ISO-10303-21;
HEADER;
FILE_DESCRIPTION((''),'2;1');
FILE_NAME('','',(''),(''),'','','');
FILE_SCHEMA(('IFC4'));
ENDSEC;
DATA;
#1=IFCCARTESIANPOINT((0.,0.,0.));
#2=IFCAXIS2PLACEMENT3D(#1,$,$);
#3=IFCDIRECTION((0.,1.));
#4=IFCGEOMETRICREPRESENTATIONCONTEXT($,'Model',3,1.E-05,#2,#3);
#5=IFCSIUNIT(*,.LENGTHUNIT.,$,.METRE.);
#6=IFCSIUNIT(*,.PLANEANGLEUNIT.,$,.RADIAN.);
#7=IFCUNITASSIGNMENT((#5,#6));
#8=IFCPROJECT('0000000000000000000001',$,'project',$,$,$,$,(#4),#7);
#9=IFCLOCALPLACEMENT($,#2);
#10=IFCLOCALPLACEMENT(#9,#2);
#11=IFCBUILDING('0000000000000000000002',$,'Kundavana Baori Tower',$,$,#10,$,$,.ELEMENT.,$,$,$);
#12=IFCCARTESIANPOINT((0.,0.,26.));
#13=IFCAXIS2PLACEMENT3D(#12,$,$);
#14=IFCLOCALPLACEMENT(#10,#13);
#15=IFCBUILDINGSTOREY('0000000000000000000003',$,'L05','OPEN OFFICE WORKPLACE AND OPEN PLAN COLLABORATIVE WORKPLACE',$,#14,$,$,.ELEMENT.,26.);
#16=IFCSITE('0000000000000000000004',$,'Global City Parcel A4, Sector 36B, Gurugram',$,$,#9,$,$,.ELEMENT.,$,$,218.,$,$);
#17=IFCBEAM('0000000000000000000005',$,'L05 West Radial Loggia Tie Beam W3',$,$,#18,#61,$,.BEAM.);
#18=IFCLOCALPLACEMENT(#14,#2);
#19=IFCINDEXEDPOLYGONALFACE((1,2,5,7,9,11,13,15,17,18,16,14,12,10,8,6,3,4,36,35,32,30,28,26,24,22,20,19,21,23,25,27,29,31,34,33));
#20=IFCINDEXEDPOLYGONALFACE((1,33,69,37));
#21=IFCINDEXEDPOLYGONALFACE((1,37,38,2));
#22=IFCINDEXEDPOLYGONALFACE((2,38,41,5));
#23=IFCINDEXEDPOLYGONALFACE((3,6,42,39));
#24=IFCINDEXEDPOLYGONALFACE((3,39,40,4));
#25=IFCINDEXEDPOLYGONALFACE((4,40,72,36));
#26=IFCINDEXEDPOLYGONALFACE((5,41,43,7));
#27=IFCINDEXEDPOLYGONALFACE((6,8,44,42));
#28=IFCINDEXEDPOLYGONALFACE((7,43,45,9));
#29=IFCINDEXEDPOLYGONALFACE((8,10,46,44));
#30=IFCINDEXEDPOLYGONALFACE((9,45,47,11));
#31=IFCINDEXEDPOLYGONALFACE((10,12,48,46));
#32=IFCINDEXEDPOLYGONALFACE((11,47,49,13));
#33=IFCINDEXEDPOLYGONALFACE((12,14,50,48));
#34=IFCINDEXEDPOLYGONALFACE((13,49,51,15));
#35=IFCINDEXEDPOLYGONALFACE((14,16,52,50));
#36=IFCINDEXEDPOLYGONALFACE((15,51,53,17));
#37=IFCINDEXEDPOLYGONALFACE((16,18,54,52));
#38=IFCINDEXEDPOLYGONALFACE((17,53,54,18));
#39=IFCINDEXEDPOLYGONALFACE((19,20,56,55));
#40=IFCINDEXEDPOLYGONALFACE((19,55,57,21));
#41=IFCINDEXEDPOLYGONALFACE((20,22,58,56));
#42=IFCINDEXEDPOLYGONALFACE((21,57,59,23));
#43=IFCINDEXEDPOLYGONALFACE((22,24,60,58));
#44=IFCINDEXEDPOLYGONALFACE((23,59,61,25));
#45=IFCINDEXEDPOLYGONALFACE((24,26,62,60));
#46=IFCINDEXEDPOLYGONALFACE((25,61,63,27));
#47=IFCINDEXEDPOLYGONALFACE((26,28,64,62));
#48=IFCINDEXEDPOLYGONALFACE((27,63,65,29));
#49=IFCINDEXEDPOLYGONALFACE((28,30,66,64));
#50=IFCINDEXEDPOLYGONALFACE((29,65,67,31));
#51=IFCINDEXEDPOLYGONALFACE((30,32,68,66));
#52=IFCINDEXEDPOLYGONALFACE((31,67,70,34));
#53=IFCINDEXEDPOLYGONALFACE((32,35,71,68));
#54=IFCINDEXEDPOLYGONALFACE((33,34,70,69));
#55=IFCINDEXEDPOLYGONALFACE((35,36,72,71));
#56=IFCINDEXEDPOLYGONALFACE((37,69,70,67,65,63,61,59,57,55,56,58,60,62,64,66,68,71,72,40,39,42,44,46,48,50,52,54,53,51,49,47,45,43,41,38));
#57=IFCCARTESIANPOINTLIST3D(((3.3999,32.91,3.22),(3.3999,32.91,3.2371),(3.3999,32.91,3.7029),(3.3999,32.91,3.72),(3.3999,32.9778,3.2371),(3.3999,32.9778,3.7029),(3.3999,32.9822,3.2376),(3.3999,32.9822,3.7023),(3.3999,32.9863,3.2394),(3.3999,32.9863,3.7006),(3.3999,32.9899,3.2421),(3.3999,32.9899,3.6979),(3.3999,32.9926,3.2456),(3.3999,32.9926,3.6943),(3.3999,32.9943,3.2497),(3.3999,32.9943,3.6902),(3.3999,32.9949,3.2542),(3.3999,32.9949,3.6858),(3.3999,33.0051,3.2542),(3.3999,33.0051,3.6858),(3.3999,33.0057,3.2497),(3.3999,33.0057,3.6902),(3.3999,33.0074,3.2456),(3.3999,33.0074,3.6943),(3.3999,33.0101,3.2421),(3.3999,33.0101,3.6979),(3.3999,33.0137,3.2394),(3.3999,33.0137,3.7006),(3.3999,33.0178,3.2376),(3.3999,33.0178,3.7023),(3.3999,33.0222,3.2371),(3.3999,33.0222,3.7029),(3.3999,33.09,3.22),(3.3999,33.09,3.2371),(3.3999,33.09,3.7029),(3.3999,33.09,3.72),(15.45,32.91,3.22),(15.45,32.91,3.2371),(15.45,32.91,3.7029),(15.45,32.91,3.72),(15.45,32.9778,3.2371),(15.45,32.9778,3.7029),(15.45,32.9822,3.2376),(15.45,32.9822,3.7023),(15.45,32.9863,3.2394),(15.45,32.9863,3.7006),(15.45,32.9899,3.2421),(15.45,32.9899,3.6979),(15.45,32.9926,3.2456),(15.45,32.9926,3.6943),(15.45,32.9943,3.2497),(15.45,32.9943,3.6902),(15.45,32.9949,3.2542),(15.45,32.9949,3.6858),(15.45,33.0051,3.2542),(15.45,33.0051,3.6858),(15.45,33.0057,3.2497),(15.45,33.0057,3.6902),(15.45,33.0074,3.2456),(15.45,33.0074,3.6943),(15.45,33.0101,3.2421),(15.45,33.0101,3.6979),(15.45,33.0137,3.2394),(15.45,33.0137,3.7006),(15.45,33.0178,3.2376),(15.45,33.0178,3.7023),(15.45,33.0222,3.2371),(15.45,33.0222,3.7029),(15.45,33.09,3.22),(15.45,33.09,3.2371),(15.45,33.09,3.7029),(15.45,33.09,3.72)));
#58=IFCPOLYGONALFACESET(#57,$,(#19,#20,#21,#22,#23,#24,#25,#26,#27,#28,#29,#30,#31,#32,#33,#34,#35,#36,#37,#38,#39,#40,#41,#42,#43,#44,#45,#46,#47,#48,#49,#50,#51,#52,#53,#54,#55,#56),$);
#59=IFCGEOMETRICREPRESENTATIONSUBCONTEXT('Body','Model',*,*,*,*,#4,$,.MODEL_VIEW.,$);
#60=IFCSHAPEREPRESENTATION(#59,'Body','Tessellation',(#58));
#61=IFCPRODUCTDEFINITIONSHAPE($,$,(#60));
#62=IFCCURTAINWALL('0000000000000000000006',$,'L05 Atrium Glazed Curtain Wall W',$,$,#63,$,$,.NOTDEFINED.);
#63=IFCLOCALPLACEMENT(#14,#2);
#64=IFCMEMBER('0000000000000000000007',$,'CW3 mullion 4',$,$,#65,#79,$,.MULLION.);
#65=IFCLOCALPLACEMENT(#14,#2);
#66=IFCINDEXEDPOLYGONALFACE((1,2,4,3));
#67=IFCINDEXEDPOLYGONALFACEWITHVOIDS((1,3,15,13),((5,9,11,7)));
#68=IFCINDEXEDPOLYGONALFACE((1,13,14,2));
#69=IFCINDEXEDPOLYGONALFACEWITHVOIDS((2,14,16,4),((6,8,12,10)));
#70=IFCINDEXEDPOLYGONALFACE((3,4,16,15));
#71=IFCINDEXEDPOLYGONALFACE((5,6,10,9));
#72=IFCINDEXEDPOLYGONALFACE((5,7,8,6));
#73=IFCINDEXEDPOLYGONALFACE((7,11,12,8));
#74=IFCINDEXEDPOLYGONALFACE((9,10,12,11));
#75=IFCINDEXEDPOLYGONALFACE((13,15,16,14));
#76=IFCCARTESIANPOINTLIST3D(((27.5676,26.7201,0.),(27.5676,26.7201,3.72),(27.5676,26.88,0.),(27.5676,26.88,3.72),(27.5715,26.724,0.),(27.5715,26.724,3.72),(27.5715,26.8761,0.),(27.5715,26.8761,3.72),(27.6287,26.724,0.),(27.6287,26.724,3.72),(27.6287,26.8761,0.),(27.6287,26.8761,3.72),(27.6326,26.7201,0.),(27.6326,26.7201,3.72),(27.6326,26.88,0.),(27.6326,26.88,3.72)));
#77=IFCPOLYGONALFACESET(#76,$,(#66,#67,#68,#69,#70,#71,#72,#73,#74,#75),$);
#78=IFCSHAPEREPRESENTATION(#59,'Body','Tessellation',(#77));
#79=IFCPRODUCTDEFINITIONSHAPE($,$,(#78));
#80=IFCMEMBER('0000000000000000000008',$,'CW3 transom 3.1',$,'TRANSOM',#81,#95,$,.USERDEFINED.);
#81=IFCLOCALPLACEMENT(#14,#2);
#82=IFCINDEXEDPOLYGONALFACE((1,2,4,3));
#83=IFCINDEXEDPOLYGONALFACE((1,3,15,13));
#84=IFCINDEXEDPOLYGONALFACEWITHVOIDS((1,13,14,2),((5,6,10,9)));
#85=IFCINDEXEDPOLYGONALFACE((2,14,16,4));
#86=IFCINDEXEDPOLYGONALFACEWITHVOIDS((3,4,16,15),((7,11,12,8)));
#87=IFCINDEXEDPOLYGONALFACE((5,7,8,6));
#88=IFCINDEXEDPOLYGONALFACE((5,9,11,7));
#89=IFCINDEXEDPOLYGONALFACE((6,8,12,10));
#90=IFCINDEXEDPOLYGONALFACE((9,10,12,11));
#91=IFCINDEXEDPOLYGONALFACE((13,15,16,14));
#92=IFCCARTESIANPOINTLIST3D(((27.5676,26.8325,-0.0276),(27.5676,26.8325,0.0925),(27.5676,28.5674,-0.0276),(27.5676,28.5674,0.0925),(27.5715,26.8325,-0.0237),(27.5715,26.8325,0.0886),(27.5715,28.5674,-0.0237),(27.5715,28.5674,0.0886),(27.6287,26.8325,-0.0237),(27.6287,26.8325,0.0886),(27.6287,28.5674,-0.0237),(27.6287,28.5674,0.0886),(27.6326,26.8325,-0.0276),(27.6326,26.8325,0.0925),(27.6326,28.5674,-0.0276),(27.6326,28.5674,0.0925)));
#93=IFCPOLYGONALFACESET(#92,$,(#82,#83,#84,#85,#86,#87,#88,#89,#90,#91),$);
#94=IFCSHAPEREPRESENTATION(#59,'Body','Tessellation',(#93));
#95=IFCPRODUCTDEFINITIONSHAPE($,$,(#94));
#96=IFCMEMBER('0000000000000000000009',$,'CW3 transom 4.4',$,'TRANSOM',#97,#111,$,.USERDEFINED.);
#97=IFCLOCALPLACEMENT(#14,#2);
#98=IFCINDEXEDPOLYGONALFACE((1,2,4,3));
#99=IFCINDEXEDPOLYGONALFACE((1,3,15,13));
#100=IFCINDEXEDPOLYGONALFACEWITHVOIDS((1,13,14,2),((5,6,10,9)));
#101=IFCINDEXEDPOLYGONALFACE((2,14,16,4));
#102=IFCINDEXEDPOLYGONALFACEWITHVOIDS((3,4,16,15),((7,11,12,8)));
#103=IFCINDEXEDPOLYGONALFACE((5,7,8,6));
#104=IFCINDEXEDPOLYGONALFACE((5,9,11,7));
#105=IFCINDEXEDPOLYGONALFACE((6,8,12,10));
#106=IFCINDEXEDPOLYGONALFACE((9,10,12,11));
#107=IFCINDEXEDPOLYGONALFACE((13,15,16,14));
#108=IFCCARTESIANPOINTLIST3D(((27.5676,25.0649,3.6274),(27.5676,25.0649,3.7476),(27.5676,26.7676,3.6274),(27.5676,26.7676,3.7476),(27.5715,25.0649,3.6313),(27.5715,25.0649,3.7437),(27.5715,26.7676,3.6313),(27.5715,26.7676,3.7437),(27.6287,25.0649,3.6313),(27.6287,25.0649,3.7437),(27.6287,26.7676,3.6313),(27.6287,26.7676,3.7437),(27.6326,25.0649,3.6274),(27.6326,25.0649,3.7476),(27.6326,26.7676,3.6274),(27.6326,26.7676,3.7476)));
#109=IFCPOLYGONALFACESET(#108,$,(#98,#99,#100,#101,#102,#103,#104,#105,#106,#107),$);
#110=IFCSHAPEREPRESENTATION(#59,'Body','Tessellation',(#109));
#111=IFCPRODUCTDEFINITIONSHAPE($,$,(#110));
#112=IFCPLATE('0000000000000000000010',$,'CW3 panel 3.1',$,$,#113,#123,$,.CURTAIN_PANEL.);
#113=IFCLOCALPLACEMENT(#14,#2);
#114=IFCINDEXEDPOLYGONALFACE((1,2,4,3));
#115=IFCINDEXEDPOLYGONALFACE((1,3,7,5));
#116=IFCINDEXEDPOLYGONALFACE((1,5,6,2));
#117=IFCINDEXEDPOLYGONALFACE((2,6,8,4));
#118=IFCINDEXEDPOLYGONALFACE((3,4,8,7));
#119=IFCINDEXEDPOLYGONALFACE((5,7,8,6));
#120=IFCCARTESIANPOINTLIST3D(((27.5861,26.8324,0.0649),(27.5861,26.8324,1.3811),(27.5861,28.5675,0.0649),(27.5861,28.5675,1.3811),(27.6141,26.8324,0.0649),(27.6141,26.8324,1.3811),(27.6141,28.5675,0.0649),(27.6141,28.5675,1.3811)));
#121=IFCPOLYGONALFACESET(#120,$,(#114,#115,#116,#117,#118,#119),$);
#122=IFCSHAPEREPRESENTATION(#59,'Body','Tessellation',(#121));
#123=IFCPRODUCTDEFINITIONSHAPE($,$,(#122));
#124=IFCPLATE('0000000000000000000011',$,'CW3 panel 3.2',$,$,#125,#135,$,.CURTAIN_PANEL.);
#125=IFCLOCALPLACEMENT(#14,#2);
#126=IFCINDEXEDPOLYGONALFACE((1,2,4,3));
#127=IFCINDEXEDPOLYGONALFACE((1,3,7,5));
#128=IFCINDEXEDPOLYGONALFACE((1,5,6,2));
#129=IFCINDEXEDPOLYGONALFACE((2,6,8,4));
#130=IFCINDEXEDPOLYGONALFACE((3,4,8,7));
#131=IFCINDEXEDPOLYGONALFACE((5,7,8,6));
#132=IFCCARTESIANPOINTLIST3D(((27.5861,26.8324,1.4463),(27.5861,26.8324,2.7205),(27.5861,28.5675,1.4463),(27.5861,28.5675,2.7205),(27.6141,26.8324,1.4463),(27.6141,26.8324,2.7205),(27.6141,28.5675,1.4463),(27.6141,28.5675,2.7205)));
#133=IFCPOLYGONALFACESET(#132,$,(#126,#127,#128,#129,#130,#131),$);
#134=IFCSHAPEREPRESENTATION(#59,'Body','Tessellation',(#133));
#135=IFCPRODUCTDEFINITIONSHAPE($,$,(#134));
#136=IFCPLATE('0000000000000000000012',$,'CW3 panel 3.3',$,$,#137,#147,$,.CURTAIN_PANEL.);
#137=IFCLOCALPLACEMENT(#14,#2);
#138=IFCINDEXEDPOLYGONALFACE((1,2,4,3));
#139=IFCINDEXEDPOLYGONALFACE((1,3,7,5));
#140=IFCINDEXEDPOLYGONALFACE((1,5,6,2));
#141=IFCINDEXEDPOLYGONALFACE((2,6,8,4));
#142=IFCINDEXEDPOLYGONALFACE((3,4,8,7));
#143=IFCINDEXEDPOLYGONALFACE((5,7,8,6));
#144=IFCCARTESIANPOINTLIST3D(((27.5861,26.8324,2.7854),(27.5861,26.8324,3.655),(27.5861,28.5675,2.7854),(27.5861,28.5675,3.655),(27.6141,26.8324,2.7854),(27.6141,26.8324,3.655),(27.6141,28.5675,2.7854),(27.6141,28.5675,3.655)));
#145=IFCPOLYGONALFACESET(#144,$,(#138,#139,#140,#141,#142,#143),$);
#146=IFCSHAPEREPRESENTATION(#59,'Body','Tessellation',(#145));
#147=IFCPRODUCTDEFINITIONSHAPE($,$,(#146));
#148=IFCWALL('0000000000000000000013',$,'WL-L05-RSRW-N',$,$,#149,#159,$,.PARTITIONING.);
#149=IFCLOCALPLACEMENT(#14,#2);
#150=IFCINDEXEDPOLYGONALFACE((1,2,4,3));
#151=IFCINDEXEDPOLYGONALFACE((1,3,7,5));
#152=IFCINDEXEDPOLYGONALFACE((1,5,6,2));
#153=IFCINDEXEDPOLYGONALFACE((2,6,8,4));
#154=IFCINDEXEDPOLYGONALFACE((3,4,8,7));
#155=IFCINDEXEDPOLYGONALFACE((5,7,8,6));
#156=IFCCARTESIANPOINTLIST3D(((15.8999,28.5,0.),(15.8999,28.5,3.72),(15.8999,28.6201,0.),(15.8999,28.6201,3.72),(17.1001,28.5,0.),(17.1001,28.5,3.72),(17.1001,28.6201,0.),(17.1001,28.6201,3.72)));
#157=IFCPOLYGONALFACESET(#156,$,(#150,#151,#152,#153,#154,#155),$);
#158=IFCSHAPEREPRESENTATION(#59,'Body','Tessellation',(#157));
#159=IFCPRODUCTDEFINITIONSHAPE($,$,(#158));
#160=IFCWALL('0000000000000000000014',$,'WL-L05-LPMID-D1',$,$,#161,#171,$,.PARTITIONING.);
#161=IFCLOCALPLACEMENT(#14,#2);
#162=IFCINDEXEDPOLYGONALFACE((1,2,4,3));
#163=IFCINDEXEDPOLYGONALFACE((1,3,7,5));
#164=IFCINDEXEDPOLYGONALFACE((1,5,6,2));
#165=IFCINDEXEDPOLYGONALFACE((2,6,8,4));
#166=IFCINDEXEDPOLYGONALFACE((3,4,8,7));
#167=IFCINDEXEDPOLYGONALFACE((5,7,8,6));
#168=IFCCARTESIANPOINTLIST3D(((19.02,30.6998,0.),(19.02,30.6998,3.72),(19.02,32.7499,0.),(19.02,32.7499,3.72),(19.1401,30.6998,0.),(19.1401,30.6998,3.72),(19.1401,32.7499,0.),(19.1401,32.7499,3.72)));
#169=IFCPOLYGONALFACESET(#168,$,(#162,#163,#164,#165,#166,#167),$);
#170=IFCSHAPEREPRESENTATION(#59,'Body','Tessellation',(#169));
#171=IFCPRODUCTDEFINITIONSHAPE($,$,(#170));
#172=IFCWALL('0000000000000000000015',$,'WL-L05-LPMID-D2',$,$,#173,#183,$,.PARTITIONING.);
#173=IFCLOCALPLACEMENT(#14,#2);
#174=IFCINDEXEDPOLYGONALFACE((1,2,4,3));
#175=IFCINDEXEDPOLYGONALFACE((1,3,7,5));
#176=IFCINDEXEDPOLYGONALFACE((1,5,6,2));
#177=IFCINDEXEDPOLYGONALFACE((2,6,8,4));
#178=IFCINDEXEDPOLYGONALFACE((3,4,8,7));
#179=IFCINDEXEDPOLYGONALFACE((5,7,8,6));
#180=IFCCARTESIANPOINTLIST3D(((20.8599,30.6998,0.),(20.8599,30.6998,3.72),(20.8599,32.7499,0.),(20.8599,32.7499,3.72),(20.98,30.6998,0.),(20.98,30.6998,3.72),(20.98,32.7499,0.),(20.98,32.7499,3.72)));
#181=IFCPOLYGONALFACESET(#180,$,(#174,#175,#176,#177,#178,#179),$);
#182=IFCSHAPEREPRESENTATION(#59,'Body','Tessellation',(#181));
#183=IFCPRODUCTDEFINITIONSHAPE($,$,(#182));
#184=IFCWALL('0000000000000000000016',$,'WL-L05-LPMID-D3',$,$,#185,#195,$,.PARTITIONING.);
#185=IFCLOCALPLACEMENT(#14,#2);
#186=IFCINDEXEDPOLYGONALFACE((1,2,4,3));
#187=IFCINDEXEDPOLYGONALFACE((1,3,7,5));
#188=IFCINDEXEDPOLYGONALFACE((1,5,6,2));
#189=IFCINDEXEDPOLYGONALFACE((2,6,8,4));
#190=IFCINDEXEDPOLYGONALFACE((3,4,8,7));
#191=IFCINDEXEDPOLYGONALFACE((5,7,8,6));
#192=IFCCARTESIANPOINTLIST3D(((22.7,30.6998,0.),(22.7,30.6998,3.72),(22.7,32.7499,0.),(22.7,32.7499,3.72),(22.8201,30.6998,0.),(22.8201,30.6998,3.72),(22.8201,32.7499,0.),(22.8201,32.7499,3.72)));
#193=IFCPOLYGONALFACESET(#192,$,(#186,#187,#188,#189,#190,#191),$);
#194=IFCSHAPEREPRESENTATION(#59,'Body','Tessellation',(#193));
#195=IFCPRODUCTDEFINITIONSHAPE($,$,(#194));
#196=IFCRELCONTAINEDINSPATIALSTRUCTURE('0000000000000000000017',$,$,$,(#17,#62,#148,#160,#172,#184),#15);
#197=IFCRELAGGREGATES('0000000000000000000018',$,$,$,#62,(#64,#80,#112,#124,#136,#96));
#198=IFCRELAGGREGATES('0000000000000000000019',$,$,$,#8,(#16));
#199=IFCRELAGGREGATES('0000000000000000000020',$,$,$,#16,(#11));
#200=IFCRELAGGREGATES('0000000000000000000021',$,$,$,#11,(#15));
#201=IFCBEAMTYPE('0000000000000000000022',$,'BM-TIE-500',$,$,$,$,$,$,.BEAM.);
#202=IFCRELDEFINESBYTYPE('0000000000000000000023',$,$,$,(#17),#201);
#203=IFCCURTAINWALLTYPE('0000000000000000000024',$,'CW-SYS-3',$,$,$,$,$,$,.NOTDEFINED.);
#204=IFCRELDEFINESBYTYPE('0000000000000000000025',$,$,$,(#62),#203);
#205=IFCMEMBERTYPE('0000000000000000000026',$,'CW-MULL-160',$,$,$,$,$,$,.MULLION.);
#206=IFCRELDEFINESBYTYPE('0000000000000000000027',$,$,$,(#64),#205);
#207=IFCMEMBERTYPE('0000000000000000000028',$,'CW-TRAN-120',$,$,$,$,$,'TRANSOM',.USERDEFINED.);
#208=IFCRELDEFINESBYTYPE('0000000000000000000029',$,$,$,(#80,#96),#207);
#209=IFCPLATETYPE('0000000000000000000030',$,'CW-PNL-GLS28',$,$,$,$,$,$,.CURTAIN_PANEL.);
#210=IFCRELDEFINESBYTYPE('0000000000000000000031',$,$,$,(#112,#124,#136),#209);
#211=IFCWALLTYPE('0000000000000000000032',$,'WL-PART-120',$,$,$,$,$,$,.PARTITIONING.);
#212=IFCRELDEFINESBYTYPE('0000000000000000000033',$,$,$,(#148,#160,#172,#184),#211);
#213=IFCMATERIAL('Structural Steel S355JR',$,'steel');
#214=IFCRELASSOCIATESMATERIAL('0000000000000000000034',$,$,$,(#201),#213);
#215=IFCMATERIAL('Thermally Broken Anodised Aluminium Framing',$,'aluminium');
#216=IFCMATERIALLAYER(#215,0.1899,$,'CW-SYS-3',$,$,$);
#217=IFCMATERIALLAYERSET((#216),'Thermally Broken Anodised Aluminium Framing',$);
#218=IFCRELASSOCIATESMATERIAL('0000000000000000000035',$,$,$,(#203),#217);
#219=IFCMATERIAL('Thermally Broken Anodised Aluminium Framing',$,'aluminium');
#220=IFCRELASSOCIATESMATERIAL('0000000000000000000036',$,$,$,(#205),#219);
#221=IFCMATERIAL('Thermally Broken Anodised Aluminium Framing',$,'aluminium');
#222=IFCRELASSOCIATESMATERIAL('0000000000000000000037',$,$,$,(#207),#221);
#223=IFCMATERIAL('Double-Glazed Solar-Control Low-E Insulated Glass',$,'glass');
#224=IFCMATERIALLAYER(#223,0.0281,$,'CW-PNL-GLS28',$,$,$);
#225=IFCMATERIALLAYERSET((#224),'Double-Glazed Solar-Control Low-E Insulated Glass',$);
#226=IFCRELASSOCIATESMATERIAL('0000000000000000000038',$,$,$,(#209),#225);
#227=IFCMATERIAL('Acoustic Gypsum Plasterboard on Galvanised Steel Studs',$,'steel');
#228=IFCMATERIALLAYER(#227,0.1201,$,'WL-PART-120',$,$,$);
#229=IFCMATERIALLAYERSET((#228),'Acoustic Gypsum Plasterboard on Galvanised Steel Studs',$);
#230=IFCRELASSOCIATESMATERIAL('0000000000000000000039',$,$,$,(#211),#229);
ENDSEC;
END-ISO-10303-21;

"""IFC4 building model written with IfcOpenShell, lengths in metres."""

from ifc_helpers import new_model, si_unit, direction, frame, frame_2d, origin, origin_2d, place, context, subcontext, project, spatial, rectangle, hollow_rectangle, i_section, extrude, material, layer, layer_set, material_profile, profile_set, type_object, element, aggregate, save


model = new_model("IFC4")

# Units and contexts
model_context = context("Model", 3, precision=1e-05, world=origin(), true_north=direction((0.0, 1.0)))
body_context = subcontext(model_context, "Body", "Model", "MODEL_VIEW")
ifc_project = project(units=[si_unit("LENGTHUNIT", "METRE"), si_unit("PLANEANGLEUNIT", "RADIAN")], contexts=[model_context])

# Site, building, storey
site_placement = place(None, origin())
site = spatial("IfcSite", under=ifc_project, at=site_placement, Name="Global City Parcel A4, Sector 36B, Gurugram", CompositionType="ELEMENT", RefElevation=218.0)
building_placement = place(site_placement, origin())
building = spatial("IfcBuilding", under=site, at=building_placement, Name="Kundavana Baori Tower", CompositionType="ELEMENT")
storey_placement = place(building_placement, frame((0.0, 0.0, 26.0)))
storey = spatial("IfcBuildingStorey", under=building, at=storey_placement, Name="L05", Description="OPEN OFFICE WORKPLACE AND OPEN PLAN COLLABORATIVE WORKPLACE", CompositionType="ELEMENT", Elevation=26.0)

# Beam
ifc_material_1 = material(Name="Structural Steel S355JR", Category="steel")
ifc_material_profile_1 = material_profile(ifc_material_1, i_section(OverallWidth=0.1799, OverallDepth=0.5, WebThickness=0.0103, FlangeThickness=0.0171, FilletRadius=0.0171, at=origin_2d()), Name="ISMB 500")
ifc_profile_set_1 = profile_set([ifc_material_profile_1], Name="Structural Steel S355JR")
beam_type_1 = type_object("IfcBeamType", Name="BM-TIE-500", PredefinedType="BEAM", material=ifc_profile_set_1)
beam_1_placement = place(storey_placement, frame((15.45, 33.0, 3.47), z_axis=(-1.0, 0.0, 0.0), x_axis=(0.0, -1.0, 0.0)))
element("IfcBeam", 1, at=beam_1_placement, inside=storey, type_object=beam_type_1, Name="L05 West Radial Loggia Tie Beam W3", PredefinedType="BEAM", context=body_context, shape_type="SweptSolid", body=[
    extrude(i_section(OverallWidth=0.1799, OverallDepth=0.5, WebThickness=0.0103, FlangeThickness=0.0171, FilletRadius=0.0171, at=origin_2d()), origin(), (0.0, 0.0, 1.0), 12.05),
])

# Curtain wall, members, plates
ifc_material_2 = material(Name="Thermally Broken Anodised Aluminium Framing", Category="aluminium")
ifc_layer_1 = layer(ifc_material_2, 0.1899, Name="CW-SYS-3")
ifc_layer_set_1 = layer_set([ifc_layer_1], Name="Thermally Broken Anodised Aluminium Framing")
curtain_wall_type = type_object("IfcCurtainWallType", Name="CW-SYS-3", PredefinedType="NOTDEFINED", material=ifc_layer_set_1)
curtain_wall_placement = place(storey_placement, origin())
curtain_wall = element("IfcCurtainWall", 2, at=curtain_wall_placement, inside=storey, type_object=curtain_wall_type, Name="L05 Atrium Glazed Curtain Wall W", PredefinedType="NOTDEFINED")
ifc_material_3 = material(Name="Thermally Broken Anodised Aluminium Framing", Category="aluminium")
ifc_material_profile_2 = material_profile(ifc_material_3, hollow_rectangle(XDim=0.0649, YDim=0.1599, WallThickness=0.0039, at=origin_2d()), Name="CW-MULL-160")
ifc_profile_set_2 = profile_set([ifc_material_profile_2], Name="Thermally Broken Anodised Aluminium Framing")
member_type_1 = type_object("IfcMemberType", Name="CW-MULL-160", PredefinedType="MULLION", material=ifc_profile_set_2)
member_1_placement = place(storey_placement, frame((27.6001, 26.8, 0.0), z_axis=(0.0, 0.0, 1.0), x_axis=(1.0, 0.0, 0.0)))
member_1 = element("IfcMember", 3, at=member_1_placement, type_object=member_type_1, Name="CW3 mullion 4", PredefinedType="MULLION", context=body_context, shape_type="SweptSolid", body=[
    extrude(hollow_rectangle(XDim=0.0649, YDim=0.1599, WallThickness=0.0039, at=origin_2d()), origin(), (0.0, 0.0, 1.0), 3.72),
])
ifc_material_4 = material(Name="Thermally Broken Anodised Aluminium Framing", Category="aluminium")
ifc_material_profile_3 = material_profile(ifc_material_4, hollow_rectangle(XDim=0.0649, YDim=0.1201, WallThickness=0.0039, at=origin_2d()), Name="CW-TRAN-120")
ifc_profile_set_3 = profile_set([ifc_material_profile_3], Name="Thermally Broken Anodised Aluminium Framing")
member_type_2 = type_object("IfcMemberType", Name="CW-TRAN-120", ElementType="TRANSOM", PredefinedType="USERDEFINED", material=ifc_profile_set_3)
member_2_placement = place(storey_placement, frame((27.6001, 28.5674, 0.0325), z_axis=(0.0, -1.0, 0.0), x_axis=(1.0, 0.0, 0.0)))
member_2 = element("IfcMember", 4, at=member_2_placement, type_object=member_type_2, Name="CW3 transom 3.1", ObjectType="TRANSOM", PredefinedType="USERDEFINED", context=body_context, shape_type="SweptSolid", body=[
    extrude(hollow_rectangle(XDim=0.0649, YDim=0.1201, WallThickness=0.0039, at=origin_2d()), origin(), (0.0, 0.0, 1.0), 1.7349),
])
member_3_placement = place(storey_placement, frame((27.6001, 26.7676, 3.6875), z_axis=(0.0, -1.0, 0.0), x_axis=(1.0, 0.0, 0.0)))
member_3 = element("IfcMember", 5, at=member_3_placement, type_object=member_type_2, Name="CW3 transom 4.4", ObjectType="TRANSOM", PredefinedType="USERDEFINED", context=body_context, shape_type="SweptSolid", body=[
    extrude(hollow_rectangle(XDim=0.0649, YDim=0.1201, WallThickness=0.0039, at=origin_2d()), origin(), (0.0, 0.0, 1.0), 1.7026),
])
ifc_material_5 = material(Name="Double-Glazed Solar-Control Low-E Insulated Glass", Category="glass")
ifc_layer_2 = layer(ifc_material_5, 0.0281, Name="CW-PNL-GLS28")
ifc_layer_set_2 = layer_set([ifc_layer_2], Name="Double-Glazed Solar-Control Low-E Insulated Glass")
plate_type = type_object("IfcPlateType", Name="CW-PNL-GLS28", PredefinedType="CURTAIN_PANEL", material=ifc_layer_set_2)
plate_1_placement = place(storey_placement, frame((27.6001, 27.7, 0.0649), z_axis=(0.0, 0.0, 1.0), x_axis=(0.0, -1.0, 0.0)))
plate_1 = element("IfcPlate", 6, at=plate_1_placement, type_object=plate_type, Name="CW3 panel 3.1", PredefinedType="CURTAIN_PANEL", context=body_context, shape_type="SweptSolid", body=[
    extrude(rectangle(XDim=1.7351, YDim=0.0281, at=origin_2d()), origin(), (0.0, 0.0, 1.0), 1.3162),
])
plate_2_placement = place(storey_placement, frame((27.6001, 27.7, 1.4463), z_axis=(0.0, 0.0, 1.0), x_axis=(0.0, -1.0, 0.0)))
plate_2 = element("IfcPlate", 7, at=plate_2_placement, type_object=plate_type, Name="CW3 panel 3.2", PredefinedType="CURTAIN_PANEL", context=body_context, shape_type="SweptSolid", body=[
    extrude(rectangle(XDim=1.7351, YDim=0.0281, at=origin_2d()), origin(), (0.0, 0.0, 1.0), 1.2742),
])
plate_3_placement = place(storey_placement, frame((27.6001, 27.7, 2.7854), z_axis=(0.0, 0.0, 1.0), x_axis=(0.0, -1.0, 0.0)))
plate_3 = element("IfcPlate", 8, at=plate_3_placement, type_object=plate_type, Name="CW3 panel 3.3", PredefinedType="CURTAIN_PANEL", context=body_context, shape_type="SweptSolid", body=[
    extrude(rectangle(XDim=1.7351, YDim=0.0281, at=origin_2d()), origin(), (0.0, 0.0, 1.0), 0.8696),
])
aggregate(curtain_wall, [member_1, member_2, plate_1, plate_2, plate_3, member_3])

# Walls
ifc_material_6 = material(Name="Acoustic Gypsum Plasterboard on Galvanised Steel Studs", Category="steel")
ifc_layer_3 = layer(ifc_material_6, 0.1201, Name="WL-PART-120")
ifc_layer_set_3 = layer_set([ifc_layer_3], Name="Acoustic Gypsum Plasterboard on Galvanised Steel Studs")
wall_type_1 = type_object("IfcWallType", Name="WL-PART-120", PredefinedType="PARTITIONING", material=ifc_layer_set_3)
wall_1_placement = place(storey_placement, frame((15.8999, 28.5601, 0.0), z_axis=(0.0, 0.0, 1.0), x_axis=(1.0, 0.0, 0.0)))
element("IfcWall", 9, at=wall_1_placement, inside=storey, type_object=wall_type_1, Name="WL-L05-RSRW-N", PredefinedType="PARTITIONING", context=body_context, shape_type="SweptSolid", body=[
    extrude(rectangle(XDim=1.2002, YDim=0.1201, at=frame_2d((0.6001, 0.0))), origin(), (0.0, 0.0, 1.0), 3.72),
])
for number, where, z_axis, x_axis, name in (
    (10, (19.0801, 30.7, 0.0), (0.0, 0.0, 1.0), (0.0, 1.0, 0.0), "WL-L05-LPMID-D1"),
    (11, (20.9199, 30.7, 0.0), (0.0, 0.0, 1.0), (0.0, 1.0, 0.0), "WL-L05-LPMID-D2"),
    (12, (22.76, 30.7, 0.0), (0.0, 0.0, 1.0), (0.0, 1.0, 0.0), "WL-L05-LPMID-D3"),
):
    element("IfcWall", number, at=place(storey_placement, frame(where, z_axis=z_axis, x_axis=x_axis)), inside=storey, type_object=wall_type_1, Name=name, PredefinedType="PARTITIONING", context=body_context, shape_type="SweptSolid", body=[
        extrude(rectangle(XDim=2.05, YDim=0.1201, at=frame_2d((1.0249, 0.0))), origin(), (0.0, 0.0, 1.0), 3.72),
    ])

save(model, "model.ifc")
